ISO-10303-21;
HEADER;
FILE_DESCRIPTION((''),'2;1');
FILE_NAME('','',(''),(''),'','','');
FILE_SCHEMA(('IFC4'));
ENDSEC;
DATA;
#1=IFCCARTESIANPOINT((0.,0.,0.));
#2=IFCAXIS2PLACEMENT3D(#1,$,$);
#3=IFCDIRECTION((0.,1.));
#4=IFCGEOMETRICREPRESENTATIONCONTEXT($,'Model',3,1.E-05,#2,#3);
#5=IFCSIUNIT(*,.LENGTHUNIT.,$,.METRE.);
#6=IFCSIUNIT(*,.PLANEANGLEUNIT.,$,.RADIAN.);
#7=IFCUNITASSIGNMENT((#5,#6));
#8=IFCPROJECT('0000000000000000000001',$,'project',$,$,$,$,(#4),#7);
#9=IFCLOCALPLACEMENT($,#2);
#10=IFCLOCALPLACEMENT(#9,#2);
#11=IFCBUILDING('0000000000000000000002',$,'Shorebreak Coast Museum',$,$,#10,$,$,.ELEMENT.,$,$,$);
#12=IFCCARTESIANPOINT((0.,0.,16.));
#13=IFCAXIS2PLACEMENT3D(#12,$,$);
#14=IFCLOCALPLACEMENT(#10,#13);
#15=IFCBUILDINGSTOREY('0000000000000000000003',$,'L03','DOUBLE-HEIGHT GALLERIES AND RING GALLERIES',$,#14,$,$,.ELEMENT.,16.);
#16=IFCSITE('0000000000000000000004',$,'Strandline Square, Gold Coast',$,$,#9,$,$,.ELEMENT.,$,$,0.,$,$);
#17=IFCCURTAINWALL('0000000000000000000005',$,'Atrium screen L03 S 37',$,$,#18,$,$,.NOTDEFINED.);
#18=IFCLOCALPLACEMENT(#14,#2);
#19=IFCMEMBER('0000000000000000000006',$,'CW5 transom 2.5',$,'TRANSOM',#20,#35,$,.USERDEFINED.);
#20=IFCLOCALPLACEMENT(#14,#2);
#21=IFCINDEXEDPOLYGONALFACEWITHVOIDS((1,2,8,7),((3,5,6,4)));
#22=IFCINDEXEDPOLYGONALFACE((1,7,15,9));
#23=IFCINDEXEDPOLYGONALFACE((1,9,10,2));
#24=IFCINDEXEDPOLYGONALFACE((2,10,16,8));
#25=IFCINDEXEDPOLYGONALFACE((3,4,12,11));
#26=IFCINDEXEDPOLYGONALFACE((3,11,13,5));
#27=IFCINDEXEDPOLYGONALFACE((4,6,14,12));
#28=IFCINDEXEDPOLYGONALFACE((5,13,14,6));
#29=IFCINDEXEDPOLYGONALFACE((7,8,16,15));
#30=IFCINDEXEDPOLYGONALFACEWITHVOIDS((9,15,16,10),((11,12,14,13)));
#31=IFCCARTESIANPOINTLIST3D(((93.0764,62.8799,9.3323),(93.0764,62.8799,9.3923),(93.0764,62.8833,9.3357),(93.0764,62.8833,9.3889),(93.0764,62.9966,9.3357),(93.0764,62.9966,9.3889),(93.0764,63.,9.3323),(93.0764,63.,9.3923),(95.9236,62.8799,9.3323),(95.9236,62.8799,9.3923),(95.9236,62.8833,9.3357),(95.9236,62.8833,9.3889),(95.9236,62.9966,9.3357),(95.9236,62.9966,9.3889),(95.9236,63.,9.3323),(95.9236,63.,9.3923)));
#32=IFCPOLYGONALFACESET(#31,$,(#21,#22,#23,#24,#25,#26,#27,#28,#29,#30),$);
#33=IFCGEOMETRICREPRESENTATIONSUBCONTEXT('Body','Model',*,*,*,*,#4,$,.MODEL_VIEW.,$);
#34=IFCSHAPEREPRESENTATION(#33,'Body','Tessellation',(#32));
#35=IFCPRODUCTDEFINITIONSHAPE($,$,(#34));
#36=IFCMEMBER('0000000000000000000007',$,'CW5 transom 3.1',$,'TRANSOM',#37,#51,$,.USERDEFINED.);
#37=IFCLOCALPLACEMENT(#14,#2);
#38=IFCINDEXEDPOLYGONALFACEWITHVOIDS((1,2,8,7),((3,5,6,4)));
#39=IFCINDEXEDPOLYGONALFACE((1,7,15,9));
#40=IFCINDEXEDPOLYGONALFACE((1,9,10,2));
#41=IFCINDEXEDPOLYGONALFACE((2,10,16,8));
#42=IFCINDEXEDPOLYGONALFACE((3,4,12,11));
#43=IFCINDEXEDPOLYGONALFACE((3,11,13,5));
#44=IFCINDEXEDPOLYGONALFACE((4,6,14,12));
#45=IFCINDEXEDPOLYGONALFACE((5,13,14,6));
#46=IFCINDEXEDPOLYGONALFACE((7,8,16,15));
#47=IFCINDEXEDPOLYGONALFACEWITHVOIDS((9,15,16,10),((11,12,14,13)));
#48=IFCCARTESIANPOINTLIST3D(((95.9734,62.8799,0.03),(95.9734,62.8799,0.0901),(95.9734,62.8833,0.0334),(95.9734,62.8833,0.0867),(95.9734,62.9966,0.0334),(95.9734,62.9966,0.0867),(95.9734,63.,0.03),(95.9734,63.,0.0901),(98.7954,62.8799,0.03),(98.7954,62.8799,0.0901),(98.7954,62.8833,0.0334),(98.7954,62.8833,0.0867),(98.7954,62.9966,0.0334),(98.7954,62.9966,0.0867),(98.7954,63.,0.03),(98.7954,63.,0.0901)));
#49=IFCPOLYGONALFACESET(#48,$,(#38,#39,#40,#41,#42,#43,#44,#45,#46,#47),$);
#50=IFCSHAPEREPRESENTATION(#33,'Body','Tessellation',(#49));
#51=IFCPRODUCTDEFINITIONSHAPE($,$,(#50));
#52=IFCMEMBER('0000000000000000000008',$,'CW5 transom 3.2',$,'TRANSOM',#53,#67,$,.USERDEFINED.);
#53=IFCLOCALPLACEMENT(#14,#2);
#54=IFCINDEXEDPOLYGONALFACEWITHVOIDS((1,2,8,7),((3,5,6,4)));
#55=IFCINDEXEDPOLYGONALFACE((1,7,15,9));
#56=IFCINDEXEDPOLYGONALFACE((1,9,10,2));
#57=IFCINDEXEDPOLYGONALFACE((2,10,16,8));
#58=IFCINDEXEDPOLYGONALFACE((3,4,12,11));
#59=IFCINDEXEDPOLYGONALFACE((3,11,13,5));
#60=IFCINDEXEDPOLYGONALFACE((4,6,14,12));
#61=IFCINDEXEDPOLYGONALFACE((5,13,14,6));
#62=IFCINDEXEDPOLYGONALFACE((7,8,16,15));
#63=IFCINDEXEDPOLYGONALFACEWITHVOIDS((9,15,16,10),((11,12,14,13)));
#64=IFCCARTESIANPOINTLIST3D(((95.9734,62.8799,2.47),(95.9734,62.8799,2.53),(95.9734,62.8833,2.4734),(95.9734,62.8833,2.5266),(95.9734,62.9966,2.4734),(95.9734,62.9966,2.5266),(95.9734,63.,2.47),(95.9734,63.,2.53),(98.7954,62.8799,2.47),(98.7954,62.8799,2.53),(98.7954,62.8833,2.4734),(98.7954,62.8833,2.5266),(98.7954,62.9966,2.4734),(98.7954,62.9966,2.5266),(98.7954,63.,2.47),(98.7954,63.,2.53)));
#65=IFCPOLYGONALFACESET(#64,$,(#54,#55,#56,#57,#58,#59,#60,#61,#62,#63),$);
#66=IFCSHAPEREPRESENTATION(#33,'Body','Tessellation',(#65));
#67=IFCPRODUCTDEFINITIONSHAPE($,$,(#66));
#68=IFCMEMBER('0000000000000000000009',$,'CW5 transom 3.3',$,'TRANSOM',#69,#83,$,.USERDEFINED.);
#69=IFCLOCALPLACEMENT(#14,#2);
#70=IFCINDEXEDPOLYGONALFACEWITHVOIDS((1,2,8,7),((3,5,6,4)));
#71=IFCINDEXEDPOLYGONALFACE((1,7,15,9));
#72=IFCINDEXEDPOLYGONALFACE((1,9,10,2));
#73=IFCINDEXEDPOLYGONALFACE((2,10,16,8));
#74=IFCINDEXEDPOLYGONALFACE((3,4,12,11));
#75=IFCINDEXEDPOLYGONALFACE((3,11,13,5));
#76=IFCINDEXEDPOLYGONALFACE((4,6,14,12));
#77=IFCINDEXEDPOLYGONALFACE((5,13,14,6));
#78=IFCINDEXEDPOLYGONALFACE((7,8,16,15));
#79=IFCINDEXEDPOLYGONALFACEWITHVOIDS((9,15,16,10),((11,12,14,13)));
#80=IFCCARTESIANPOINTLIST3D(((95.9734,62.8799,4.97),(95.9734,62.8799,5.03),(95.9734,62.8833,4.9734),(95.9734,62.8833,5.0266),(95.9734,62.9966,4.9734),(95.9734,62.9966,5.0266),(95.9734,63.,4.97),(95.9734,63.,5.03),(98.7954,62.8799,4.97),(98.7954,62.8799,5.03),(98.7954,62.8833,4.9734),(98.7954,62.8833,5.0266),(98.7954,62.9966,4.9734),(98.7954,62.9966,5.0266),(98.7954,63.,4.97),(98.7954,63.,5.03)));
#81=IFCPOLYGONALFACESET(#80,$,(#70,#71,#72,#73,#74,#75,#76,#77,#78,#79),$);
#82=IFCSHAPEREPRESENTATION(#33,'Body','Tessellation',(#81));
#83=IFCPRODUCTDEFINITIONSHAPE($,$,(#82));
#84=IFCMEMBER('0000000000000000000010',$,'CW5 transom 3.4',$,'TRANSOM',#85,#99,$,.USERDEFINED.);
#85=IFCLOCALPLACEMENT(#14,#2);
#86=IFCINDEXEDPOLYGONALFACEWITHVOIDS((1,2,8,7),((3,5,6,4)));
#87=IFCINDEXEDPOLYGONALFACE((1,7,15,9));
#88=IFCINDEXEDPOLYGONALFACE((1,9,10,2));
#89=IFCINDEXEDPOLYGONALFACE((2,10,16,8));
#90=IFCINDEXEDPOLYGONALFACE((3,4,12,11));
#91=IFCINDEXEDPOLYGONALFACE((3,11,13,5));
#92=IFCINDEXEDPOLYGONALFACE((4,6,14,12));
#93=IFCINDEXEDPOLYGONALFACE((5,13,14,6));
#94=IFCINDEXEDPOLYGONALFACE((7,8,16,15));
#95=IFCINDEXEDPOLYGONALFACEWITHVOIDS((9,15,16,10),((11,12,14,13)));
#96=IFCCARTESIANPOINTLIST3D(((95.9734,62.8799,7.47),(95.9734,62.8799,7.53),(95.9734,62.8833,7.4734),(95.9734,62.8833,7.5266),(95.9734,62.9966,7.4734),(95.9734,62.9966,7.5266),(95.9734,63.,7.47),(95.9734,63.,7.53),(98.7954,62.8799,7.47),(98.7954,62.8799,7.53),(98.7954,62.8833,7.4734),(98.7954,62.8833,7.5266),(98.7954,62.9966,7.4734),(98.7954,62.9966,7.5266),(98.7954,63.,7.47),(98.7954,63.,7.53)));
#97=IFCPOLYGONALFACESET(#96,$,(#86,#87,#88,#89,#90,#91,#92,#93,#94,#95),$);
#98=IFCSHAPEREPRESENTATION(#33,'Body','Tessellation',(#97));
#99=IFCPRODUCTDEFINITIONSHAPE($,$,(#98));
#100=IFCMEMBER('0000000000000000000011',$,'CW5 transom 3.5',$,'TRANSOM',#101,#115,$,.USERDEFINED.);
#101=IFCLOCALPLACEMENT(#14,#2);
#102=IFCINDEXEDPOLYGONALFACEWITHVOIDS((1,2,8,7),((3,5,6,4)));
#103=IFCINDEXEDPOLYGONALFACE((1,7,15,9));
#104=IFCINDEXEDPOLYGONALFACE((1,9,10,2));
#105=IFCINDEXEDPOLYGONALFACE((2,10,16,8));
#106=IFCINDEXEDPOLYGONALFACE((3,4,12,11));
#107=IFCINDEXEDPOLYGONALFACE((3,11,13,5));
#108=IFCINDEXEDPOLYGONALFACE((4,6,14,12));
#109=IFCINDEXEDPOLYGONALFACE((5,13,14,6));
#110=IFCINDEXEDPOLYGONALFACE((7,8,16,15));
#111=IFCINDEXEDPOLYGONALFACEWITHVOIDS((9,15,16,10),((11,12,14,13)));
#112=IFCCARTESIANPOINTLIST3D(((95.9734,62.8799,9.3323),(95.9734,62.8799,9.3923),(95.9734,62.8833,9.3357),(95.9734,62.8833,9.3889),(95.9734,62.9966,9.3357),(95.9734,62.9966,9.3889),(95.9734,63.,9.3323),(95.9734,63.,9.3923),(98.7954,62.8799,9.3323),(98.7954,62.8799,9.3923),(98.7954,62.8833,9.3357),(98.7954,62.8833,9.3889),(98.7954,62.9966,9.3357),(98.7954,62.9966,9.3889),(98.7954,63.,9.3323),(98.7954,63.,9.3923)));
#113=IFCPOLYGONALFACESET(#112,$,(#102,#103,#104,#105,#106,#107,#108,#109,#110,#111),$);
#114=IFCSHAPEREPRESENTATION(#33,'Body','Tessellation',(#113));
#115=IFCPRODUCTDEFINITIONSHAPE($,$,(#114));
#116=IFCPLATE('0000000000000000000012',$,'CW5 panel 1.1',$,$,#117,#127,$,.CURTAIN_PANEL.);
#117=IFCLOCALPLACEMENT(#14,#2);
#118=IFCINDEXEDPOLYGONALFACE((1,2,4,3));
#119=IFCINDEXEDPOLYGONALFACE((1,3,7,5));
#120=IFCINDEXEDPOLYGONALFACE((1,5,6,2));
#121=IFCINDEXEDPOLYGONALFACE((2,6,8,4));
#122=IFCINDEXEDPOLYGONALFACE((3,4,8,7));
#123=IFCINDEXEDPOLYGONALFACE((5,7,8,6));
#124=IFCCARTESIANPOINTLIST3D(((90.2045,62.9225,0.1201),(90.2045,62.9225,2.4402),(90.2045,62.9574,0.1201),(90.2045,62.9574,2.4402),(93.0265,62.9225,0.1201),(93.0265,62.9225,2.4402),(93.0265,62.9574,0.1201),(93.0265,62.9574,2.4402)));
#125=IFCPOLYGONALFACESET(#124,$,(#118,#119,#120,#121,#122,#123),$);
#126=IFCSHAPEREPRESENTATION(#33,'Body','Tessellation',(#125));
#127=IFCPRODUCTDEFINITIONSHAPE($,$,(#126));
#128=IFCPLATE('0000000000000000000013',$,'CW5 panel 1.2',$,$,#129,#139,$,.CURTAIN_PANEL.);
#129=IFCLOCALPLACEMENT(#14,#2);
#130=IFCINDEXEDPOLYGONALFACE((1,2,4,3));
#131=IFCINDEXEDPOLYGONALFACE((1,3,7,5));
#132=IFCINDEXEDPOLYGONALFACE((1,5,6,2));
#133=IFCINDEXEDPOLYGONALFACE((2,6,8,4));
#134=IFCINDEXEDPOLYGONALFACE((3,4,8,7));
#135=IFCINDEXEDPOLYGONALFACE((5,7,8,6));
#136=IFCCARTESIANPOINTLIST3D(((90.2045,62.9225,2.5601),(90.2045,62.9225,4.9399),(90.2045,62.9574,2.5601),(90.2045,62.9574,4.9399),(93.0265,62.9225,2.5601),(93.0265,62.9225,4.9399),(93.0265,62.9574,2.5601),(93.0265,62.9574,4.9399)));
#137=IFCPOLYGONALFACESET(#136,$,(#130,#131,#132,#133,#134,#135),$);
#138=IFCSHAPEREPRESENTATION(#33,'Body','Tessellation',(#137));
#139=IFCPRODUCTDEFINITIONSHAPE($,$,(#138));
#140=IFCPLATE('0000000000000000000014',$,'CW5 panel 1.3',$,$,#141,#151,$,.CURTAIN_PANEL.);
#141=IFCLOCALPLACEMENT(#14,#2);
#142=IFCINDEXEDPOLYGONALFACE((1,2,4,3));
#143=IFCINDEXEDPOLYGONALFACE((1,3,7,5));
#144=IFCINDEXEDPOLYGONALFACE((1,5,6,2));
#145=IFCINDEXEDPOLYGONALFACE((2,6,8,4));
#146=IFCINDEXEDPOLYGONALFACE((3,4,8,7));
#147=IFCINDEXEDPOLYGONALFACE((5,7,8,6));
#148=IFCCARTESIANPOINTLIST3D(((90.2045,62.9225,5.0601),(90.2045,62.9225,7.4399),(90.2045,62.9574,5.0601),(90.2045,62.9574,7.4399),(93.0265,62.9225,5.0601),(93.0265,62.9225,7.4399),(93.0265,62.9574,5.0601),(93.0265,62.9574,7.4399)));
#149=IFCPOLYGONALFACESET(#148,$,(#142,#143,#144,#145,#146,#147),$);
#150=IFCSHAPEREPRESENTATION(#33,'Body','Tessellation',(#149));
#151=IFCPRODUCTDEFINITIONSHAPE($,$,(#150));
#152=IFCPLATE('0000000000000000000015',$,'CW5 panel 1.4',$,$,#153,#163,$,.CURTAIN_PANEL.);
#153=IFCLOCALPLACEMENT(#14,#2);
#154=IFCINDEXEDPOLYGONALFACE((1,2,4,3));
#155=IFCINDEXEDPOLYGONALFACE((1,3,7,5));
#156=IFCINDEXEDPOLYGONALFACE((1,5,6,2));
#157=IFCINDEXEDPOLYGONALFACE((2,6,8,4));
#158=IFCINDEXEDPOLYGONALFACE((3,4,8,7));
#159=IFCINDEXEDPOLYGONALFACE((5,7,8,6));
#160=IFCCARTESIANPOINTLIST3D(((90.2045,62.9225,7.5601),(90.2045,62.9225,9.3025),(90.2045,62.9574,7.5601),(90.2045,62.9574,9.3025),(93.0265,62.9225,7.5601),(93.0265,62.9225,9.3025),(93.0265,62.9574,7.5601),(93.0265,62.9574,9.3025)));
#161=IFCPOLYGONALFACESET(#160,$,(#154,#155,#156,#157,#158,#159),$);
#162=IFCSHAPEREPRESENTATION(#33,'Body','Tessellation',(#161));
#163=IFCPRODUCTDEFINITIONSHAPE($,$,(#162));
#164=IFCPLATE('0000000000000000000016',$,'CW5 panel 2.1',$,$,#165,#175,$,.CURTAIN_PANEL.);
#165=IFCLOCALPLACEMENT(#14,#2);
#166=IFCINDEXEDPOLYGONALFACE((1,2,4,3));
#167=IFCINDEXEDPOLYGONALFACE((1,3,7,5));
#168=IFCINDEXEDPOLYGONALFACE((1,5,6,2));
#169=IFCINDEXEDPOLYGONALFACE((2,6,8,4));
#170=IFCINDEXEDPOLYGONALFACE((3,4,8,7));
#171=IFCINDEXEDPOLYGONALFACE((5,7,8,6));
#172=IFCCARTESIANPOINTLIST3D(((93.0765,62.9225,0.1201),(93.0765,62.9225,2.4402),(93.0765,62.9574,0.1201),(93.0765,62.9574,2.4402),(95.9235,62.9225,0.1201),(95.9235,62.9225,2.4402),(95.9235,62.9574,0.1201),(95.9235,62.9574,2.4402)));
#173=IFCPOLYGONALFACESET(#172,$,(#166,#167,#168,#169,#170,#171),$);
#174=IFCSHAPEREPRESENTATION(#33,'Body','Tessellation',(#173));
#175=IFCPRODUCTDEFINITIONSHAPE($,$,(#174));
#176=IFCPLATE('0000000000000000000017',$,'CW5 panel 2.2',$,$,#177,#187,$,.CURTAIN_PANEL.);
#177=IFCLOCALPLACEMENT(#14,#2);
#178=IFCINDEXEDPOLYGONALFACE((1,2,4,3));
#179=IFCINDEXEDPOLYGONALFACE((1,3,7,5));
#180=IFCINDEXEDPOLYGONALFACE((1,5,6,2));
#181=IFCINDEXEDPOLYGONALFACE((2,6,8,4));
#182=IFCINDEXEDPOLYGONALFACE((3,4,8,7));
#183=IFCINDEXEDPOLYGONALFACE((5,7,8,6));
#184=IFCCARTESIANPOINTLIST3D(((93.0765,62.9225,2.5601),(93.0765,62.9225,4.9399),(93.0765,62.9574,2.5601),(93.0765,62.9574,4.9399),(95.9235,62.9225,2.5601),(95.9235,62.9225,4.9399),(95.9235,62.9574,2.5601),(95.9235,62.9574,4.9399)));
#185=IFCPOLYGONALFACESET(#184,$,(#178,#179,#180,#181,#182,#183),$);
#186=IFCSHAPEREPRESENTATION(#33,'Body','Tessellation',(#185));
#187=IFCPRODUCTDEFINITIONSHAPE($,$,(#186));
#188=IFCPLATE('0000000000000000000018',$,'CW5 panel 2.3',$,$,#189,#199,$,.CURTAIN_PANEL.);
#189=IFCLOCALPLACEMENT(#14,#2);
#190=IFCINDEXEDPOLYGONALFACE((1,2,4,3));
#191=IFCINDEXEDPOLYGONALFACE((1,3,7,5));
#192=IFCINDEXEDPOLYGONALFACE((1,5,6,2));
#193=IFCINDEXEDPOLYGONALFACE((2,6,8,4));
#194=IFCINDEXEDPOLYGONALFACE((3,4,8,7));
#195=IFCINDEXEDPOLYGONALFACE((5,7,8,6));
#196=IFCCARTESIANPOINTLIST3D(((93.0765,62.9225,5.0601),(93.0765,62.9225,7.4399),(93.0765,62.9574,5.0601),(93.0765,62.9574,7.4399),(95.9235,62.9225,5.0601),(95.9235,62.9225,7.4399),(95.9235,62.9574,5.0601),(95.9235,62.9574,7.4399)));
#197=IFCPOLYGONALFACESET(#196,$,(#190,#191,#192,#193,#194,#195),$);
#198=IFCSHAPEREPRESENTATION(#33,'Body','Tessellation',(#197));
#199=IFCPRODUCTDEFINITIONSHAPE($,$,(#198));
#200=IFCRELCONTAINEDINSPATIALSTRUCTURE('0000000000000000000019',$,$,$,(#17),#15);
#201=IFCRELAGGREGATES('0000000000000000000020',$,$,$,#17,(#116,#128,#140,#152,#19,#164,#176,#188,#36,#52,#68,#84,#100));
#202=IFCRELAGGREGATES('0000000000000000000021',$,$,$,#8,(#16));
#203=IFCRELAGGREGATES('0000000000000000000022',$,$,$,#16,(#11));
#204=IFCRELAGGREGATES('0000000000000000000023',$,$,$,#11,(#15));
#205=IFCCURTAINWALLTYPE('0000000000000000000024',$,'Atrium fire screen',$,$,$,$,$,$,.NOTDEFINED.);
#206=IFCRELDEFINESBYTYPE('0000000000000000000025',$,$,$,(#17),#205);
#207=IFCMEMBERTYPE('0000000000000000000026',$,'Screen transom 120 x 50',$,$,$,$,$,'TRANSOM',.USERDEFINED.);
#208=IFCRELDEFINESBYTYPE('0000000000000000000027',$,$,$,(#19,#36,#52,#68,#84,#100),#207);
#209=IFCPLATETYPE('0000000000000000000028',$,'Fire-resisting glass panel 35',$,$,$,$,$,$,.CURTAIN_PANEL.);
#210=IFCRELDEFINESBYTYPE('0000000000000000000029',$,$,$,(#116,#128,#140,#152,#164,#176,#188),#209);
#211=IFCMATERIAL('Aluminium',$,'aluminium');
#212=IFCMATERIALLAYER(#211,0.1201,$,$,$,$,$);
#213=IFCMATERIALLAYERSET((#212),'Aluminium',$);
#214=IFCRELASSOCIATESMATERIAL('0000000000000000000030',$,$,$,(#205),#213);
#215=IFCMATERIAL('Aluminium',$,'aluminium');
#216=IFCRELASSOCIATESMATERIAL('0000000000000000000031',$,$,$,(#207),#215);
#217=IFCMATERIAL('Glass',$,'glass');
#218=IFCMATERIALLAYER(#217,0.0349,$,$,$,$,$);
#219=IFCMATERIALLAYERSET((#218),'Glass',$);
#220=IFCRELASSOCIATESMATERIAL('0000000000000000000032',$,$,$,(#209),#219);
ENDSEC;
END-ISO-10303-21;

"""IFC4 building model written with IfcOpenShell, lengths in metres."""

from ifc_helpers import new_model, si_unit, direction, frame, origin, origin_2d, place, context, subcontext, project, spatial, rectangle, hollow_rectangle, extrude, material, layer, layer_set, material_profile, profile_set, type_object, element, aggregate, save


model = new_model("IFC4")

# Units and contexts
model_context = context("Model", 3, precision=1e-05, world=origin(), true_north=direction((0.0, 1.0)))
body_context = subcontext(model_context, "Body", "Model", "MODEL_VIEW")
ifc_project = project(units=[si_unit("LENGTHUNIT", "METRE"), si_unit("PLANEANGLEUNIT", "RADIAN")], contexts=[model_context])

# Site, building, storey
site_placement = place(None, origin())
site = spatial("IfcSite", under=ifc_project, at=site_placement, Name="Strandline Square, Gold Coast", CompositionType="ELEMENT", RefElevation=0.0)
building_placement = place(site_placement, origin())
building = spatial("IfcBuilding", under=site, at=building_placement, Name="Shorebreak Coast Museum", CompositionType="ELEMENT")
storey_placement = place(building_placement, frame((0.0, 0.0, 16.0)))
storey = spatial("IfcBuildingStorey", under=building, at=storey_placement, Name="L03", Description="DOUBLE-HEIGHT GALLERIES AND RING GALLERIES", CompositionType="ELEMENT", Elevation=16.0)

# Curtain wall, members, plates
ifc_material_1 = material(Name="Aluminium", Category="aluminium")
ifc_layer_1 = layer(ifc_material_1, 0.1201)
ifc_layer_set_1 = layer_set([ifc_layer_1], Name="Aluminium")
curtain_wall_type = type_object("IfcCurtainWallType", Name="Atrium fire screen", PredefinedType="NOTDEFINED", material=ifc_layer_set_1)
curtain_wall_placement = place(storey_placement, origin())
curtain_wall = element("IfcCurtainWall", 1, at=curtain_wall_placement, inside=storey, type_object=curtain_wall_type, Name="Atrium screen L03 S 37", PredefinedType="NOTDEFINED")
ifc_material_2 = material(Name="Aluminium", Category="aluminium")
ifc_material_profile_1 = material_profile(ifc_material_2, hollow_rectangle(XDim=0.1201, YDim=0.0601, WallThickness=0.0034, at=origin_2d()), Name="AL 60x120 RHS")
ifc_profile_set_1 = profile_set([ifc_material_profile_1], Name="Aluminium")
member_type_1 = type_object("IfcMemberType", Name="Screen transom 120 x 50", ElementType="TRANSOM", PredefinedType="USERDEFINED", material=ifc_profile_set_1)
member_1_placement = place(storey_placement, frame((93.0764, 62.9399, 9.3623), z_axis=(1.0, 0.0, 0.0), x_axis=(0.0, 1.0, 0.0)))
member_1 = element("IfcMember", 2, at=member_1_placement, type_object=member_type_1, Name="CW5 transom 2.5", ObjectType="TRANSOM", PredefinedType="USERDEFINED", context=body_context, shape_type="SweptSolid", body=[
    extrude(hollow_rectangle(XDim=0.1201, YDim=0.0601, WallThickness=0.0034, at=origin_2d()), origin(), (0.0, 0.0, 1.0), 2.8472),
])
member_2_placement = place(storey_placement, frame((95.9734, 62.9399, 0.0601), z_axis=(1.0, 0.0, 0.0), x_axis=(0.0, 1.0, 0.0)))
member_2 = element("IfcMember", 3, at=member_2_placement, type_object=member_type_1, Name="CW5 transom 3.1", ObjectType="TRANSOM", PredefinedType="USERDEFINED", context=body_context, shape_type="SweptSolid", body=[
    extrude(hollow_rectangle(XDim=0.1201, YDim=0.0601, WallThickness=0.0034, at=origin_2d()), origin(), (0.0, 0.0, 1.0), 2.822),
])
member_3_placement = place(storey_placement, frame((95.9734, 62.9399, 2.5), z_axis=(1.0, 0.0, 0.0), x_axis=(0.0, 1.0, 0.0)))
member_3 = element("IfcMember", 4, at=member_3_placement, type_object=member_type_1, Name="CW5 transom 3.2", ObjectType="TRANSOM", PredefinedType="USERDEFINED", context=body_context, shape_type="SweptSolid", body=[
    extrude(hollow_rectangle(XDim=0.1201, YDim=0.0601, WallThickness=0.0034, at=origin_2d()), origin(), (0.0, 0.0, 1.0), 2.822),
])
member_4_placement = place(storey_placement, frame((95.9734, 62.9399, 5.0), z_axis=(1.0, 0.0, 0.0), x_axis=(0.0, 1.0, 0.0)))
member_4 = element("IfcMember", 5, at=member_4_placement, type_object=member_type_1, Name="CW5 transom 3.3", ObjectType="TRANSOM", PredefinedType="USERDEFINED", context=body_context, shape_type="SweptSolid", body=[
    extrude(hollow_rectangle(XDim=0.1201, YDim=0.0601, WallThickness=0.0034, at=origin_2d()), origin(), (0.0, 0.0, 1.0), 2.822),
])
member_5_placement = place(storey_placement, frame((95.9734, 62.9399, 7.5), z_axis=(1.0, 0.0, 0.0), x_axis=(0.0, 1.0, 0.0)))
member_5 = element("IfcMember", 6, at=member_5_placement, type_object=member_type_1, Name="CW5 transom 3.4", ObjectType="TRANSOM", PredefinedType="USERDEFINED", context=body_context, shape_type="SweptSolid", body=[
    extrude(hollow_rectangle(XDim=0.1201, YDim=0.0601, WallThickness=0.0034, at=origin_2d()), origin(), (0.0, 0.0, 1.0), 2.822),
])
member_6_placement = place(storey_placement, frame((95.9734, 62.9399, 9.3623), z_axis=(1.0, 0.0, 0.0), x_axis=(0.0, 1.0, 0.0)))
member_6 = element("IfcMember", 7, at=member_6_placement, type_object=member_type_1, Name="CW5 transom 3.5", ObjectType="TRANSOM", PredefinedType="USERDEFINED", context=body_context, shape_type="SweptSolid", body=[
    extrude(hollow_rectangle(XDim=0.1201, YDim=0.0601, WallThickness=0.0034, at=origin_2d()), origin(), (0.0, 0.0, 1.0), 2.822),
])
ifc_material_3 = material(Name="Glass", Category="glass")
ifc_layer_2 = layer(ifc_material_3, 0.0349)
ifc_layer_set_2 = layer_set([ifc_layer_2], Name="Glass")
plate_type = type_object("IfcPlateType", Name="Fire-resisting glass panel 35", PredefinedType="CURTAIN_PANEL", material=ifc_layer_set_2)
plate_1_placement = place(storey_placement, frame((91.6155, 62.9399, 0.1201), z_axis=(0.0, 0.0, 1.0), x_axis=(1.0, 0.0, 0.0)))
plate_1 = element("IfcPlate", 8, at=plate_1_placement, type_object=plate_type, Name="CW5 panel 1.1", PredefinedType="CURTAIN_PANEL", context=body_context, shape_type="SweptSolid", body=[
    extrude(rectangle(XDim=2.822, YDim=0.0349, at=origin_2d()), origin(), (0.0, 0.0, 1.0), 2.3201),
])
plate_2_placement = place(storey_placement, frame((91.6155, 62.9399, 2.5601), z_axis=(0.0, 0.0, 1.0), x_axis=(1.0, 0.0, 0.0)))
plate_2 = element("IfcPlate", 9, at=plate_2_placement, type_object=plate_type, Name="CW5 panel 1.2", PredefinedType="CURTAIN_PANEL", context=body_context, shape_type="SweptSolid", body=[
    extrude(rectangle(XDim=2.822, YDim=0.0349, at=origin_2d()), origin(), (0.0, 0.0, 1.0), 2.3799),
])
plate_3_placement = place(storey_placement, frame((91.6155, 62.9399, 5.0601), z_axis=(0.0, 0.0, 1.0), x_axis=(1.0, 0.0, 0.0)))
plate_3 = element("IfcPlate", 10, at=plate_3_placement, type_object=plate_type, Name="CW5 panel 1.3", PredefinedType="CURTAIN_PANEL", context=body_context, shape_type="SweptSolid", body=[
    extrude(rectangle(XDim=2.822, YDim=0.0349, at=origin_2d()), origin(), (0.0, 0.0, 1.0), 2.3799),
])
plate_4_placement = place(storey_placement, frame((91.6155, 62.9399, 7.5601), z_axis=(0.0, 0.0, 1.0), x_axis=(1.0, 0.0, 0.0)))
plate_4 = element("IfcPlate", 11, at=plate_4_placement, type_object=plate_type, Name="CW5 panel 1.4", PredefinedType="CURTAIN_PANEL", context=body_context, shape_type="SweptSolid", body=[
    extrude(rectangle(XDim=2.822, YDim=0.0349, at=origin_2d()), origin(), (0.0, 0.0, 1.0), 1.7424),
])
plate_5_placement = place(storey_placement, frame((94.5, 62.9399, 0.1201), z_axis=(0.0, 0.0, 1.0), x_axis=(1.0, 0.0, 0.0)))
plate_5 = element("IfcPlate", 12, at=plate_5_placement, type_object=plate_type, Name="CW5 panel 2.1", PredefinedType="CURTAIN_PANEL", context=body_context, shape_type="SweptSolid", body=[
    extrude(rectangle(XDim=2.8469, YDim=0.0349, at=origin_2d()), origin(), (0.0, 0.0, 1.0), 2.3201),
])
plate_6_placement = place(storey_placement, frame((94.5, 62.9399, 2.5601), z_axis=(0.0, 0.0, 1.0), x_axis=(1.0, 0.0, 0.0)))
plate_6 = element("IfcPlate", 13, at=plate_6_placement, type_object=plate_type, Name="CW5 panel 2.2", PredefinedType="CURTAIN_PANEL", context=body_context, shape_type="SweptSolid", body=[
    extrude(rectangle(XDim=2.8469, YDim=0.0349, at=origin_2d()), origin(), (0.0, 0.0, 1.0), 2.3799),
])
plate_7_placement = place(storey_placement, frame((94.5, 62.9399, 5.0601), z_axis=(0.0, 0.0, 1.0), x_axis=(1.0, 0.0, 0.0)))
plate_7 = element("IfcPlate", 14, at=plate_7_placement, type_object=plate_type, Name="CW5 panel 2.3", PredefinedType="CURTAIN_PANEL", context=body_context, shape_type="SweptSolid", body=[
    extrude(rectangle(XDim=2.8469, YDim=0.0349, at=origin_2d()), origin(), (0.0, 0.0, 1.0), 2.3799),
])
aggregate(curtain_wall, [plate_1, plate_2, plate_3, plate_4, member_1, plate_5, plate_6, plate_7, member_2, member_3, member_4, member_5, member_6])

save(model, "model.ifc")
